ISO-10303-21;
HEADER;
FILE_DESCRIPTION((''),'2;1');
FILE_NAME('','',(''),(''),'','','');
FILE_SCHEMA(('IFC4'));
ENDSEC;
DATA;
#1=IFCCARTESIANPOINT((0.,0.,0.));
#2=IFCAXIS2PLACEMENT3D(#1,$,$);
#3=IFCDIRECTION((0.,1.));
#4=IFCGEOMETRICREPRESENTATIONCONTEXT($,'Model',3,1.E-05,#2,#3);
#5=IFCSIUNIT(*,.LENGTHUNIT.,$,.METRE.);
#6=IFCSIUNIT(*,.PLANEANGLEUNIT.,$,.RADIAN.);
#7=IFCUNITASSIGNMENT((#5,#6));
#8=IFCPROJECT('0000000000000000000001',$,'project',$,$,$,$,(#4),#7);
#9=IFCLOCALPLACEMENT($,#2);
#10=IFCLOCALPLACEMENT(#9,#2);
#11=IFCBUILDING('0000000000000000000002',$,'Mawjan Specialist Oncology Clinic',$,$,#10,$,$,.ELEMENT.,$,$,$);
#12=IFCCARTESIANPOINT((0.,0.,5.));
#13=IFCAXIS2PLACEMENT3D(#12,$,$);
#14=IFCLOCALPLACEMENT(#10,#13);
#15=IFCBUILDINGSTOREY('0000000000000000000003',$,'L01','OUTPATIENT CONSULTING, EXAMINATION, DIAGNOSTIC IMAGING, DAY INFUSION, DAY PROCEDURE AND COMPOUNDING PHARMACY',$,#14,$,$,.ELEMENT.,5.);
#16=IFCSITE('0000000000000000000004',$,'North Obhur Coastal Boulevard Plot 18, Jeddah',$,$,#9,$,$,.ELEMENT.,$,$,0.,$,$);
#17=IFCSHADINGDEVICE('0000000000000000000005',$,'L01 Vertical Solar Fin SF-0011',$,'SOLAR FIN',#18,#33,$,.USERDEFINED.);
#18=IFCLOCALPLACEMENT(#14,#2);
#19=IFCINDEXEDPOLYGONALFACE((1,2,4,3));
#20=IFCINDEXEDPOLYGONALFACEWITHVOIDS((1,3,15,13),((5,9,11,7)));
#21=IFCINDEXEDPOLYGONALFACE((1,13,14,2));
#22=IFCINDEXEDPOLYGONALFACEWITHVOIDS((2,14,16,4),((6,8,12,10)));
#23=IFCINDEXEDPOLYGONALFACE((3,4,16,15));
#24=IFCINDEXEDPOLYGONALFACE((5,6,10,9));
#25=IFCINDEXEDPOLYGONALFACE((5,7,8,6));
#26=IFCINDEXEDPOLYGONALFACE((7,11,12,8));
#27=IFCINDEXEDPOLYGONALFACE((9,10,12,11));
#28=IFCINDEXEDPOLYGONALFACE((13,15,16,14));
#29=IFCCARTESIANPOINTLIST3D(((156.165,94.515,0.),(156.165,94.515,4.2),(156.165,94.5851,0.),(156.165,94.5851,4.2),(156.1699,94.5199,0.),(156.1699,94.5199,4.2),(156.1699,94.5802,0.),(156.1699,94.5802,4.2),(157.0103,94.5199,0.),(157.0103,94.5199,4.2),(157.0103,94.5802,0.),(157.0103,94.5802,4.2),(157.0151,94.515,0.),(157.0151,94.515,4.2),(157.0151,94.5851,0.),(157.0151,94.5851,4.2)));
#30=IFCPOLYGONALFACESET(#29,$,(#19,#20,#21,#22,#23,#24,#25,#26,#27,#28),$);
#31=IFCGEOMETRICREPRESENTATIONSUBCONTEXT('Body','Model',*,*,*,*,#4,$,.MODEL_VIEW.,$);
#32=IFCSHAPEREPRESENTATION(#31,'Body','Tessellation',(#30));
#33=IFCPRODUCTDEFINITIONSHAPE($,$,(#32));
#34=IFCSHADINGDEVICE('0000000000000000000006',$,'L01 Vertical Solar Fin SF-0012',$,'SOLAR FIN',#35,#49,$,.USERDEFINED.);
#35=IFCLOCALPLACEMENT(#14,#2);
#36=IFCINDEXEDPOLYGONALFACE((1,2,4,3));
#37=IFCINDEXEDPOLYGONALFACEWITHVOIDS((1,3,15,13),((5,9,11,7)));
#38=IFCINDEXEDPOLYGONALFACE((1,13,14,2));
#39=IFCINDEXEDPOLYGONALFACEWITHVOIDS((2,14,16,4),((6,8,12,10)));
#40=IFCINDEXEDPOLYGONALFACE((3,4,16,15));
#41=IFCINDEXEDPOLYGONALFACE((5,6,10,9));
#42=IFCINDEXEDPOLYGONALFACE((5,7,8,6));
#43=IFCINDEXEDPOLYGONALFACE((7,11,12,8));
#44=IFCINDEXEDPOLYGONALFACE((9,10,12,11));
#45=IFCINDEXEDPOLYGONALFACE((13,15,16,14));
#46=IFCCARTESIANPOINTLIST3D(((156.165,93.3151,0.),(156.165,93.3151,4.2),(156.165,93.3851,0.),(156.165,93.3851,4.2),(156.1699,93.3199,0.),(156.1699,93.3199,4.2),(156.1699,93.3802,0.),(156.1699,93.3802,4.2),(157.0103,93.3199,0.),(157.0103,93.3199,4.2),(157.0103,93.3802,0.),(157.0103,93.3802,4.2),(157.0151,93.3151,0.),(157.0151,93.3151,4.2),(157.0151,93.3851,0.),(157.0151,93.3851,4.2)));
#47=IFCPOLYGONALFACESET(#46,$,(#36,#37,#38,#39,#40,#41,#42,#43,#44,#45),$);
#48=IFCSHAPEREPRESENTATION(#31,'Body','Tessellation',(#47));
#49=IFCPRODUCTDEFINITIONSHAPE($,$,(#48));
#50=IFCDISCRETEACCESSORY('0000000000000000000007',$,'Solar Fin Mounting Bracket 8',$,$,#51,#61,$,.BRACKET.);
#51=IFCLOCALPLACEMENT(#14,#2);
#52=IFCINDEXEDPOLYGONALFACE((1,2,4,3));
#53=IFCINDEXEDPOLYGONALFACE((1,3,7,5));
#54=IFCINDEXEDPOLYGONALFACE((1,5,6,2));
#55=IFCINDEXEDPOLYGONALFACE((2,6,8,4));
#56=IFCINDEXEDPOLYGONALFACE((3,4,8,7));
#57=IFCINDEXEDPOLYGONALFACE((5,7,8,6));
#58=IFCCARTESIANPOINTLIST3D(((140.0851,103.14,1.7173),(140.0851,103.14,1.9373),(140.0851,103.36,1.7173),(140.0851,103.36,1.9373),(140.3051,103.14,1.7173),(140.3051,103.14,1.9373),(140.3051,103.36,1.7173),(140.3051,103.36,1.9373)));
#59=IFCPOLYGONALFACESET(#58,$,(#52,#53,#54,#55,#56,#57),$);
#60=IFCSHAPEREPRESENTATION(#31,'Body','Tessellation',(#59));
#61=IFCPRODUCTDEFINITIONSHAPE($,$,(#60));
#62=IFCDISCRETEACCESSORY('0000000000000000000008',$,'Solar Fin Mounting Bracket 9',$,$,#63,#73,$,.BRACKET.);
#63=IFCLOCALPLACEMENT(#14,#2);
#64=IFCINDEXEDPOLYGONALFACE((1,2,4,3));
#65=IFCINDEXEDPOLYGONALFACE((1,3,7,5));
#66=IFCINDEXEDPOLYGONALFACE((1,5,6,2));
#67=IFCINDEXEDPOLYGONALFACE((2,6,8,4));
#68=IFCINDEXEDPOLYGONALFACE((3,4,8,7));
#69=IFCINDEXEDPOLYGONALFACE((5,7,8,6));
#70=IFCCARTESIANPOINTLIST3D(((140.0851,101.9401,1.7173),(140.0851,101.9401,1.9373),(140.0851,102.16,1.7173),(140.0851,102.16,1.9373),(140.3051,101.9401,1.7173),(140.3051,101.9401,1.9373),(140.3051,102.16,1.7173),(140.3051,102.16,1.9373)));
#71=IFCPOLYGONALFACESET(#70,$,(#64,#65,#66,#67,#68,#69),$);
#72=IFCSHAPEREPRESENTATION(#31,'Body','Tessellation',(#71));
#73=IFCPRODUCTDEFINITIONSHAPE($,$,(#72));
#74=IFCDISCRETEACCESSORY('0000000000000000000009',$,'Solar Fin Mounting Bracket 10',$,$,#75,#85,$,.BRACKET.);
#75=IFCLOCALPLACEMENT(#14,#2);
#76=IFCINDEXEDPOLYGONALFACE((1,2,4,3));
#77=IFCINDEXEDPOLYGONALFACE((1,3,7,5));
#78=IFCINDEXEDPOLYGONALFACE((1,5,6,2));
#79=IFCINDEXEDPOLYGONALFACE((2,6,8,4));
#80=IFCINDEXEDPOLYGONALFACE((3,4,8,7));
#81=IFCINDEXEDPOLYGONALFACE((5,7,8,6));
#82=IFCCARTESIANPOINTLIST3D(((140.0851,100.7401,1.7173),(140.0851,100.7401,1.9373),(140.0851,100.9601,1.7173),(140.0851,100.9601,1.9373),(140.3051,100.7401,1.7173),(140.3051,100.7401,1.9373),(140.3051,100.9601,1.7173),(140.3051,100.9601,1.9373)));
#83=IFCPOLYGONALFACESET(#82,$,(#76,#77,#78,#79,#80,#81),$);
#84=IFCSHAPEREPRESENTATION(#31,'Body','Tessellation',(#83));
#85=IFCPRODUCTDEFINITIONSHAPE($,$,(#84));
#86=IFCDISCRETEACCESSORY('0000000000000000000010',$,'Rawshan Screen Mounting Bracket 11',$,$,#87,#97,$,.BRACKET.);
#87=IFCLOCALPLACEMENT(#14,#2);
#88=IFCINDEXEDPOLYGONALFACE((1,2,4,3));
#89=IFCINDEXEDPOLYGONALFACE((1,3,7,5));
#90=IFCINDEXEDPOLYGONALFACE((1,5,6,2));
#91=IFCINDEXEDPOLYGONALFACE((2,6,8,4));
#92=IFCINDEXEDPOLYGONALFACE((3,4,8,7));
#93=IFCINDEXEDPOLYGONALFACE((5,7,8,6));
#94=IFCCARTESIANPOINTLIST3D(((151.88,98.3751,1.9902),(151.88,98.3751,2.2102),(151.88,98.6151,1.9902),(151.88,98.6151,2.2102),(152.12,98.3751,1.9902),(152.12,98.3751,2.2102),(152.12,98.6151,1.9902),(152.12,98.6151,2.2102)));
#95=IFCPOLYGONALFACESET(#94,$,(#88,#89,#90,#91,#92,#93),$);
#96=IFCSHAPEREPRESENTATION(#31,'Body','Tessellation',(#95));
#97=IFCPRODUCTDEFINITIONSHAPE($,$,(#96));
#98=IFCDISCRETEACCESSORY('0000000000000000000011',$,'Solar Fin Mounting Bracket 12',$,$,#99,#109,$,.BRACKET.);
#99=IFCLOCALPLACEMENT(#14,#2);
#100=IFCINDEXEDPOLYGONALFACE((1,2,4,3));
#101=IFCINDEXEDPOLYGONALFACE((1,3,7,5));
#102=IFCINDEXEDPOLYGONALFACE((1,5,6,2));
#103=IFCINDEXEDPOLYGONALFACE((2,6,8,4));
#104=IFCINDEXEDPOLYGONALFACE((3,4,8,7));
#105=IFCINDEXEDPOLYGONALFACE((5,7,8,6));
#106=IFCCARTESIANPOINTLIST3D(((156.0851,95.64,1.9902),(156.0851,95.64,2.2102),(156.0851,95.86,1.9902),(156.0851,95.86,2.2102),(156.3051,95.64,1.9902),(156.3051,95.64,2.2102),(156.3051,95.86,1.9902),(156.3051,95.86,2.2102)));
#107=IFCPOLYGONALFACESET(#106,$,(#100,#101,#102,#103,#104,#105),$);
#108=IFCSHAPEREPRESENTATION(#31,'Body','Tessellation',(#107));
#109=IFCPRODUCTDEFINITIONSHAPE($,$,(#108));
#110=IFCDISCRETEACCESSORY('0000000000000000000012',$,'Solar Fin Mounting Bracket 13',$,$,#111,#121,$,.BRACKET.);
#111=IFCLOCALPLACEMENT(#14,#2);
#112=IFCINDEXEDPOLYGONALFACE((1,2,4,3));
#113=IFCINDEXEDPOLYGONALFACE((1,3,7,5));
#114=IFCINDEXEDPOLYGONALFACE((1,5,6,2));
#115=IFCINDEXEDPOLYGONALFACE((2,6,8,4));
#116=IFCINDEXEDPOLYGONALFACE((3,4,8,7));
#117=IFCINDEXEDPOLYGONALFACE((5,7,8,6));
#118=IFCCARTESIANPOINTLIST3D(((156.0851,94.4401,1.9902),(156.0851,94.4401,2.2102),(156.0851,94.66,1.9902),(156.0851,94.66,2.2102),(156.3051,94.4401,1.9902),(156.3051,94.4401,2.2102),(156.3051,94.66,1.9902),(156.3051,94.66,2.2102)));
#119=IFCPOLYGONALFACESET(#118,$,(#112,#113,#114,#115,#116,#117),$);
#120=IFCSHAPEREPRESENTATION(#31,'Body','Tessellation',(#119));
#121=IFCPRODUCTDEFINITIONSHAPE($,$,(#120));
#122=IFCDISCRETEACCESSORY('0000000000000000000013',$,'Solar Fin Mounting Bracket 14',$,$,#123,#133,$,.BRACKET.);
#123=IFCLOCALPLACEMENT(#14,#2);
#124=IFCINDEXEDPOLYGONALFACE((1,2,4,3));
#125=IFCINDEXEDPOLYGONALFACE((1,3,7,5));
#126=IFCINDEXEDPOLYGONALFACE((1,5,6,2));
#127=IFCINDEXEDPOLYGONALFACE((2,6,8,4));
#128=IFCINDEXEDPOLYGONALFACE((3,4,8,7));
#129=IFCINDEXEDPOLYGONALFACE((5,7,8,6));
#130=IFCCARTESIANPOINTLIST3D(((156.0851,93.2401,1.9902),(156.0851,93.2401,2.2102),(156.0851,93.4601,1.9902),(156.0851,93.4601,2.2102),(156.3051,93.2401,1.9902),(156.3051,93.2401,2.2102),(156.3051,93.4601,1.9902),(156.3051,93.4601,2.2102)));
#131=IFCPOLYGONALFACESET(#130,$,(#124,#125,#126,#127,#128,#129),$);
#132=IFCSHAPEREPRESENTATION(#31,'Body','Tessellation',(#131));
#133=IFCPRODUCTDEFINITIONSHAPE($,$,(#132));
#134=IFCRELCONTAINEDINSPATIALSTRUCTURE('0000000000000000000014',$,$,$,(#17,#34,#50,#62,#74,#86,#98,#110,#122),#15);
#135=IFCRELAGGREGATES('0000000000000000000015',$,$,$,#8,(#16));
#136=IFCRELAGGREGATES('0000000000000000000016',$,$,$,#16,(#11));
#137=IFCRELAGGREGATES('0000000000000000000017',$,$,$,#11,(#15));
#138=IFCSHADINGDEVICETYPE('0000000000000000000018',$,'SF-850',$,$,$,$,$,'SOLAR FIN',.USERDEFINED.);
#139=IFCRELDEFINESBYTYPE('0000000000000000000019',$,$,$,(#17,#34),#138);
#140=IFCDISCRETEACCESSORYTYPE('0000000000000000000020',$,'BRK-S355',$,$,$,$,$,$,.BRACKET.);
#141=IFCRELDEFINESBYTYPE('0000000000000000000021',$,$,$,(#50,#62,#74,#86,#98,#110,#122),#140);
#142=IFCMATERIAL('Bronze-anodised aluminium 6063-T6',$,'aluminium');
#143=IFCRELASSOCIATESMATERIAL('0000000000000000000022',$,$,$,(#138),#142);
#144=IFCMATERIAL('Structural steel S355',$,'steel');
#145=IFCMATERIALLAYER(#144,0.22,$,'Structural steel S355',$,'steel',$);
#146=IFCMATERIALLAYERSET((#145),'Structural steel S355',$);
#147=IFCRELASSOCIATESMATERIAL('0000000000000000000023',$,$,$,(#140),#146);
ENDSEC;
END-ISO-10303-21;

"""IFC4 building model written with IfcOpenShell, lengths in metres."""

from ifc_helpers import new_model, si_unit, direction, frame, origin, origin_2d, place, context, subcontext, project, spatial, rectangle, hollow_rectangle, extrude, material, layer, layer_set, material_profile, profile_set, type_object, element, save


model = new_model("IFC4")

# Units and contexts
model_context = context("Model", 3, precision=1e-05, world=origin(), true_north=direction((0.0, 1.0)))
body_context = subcontext(model_context, "Body", "Model", "MODEL_VIEW")
ifc_project = project(units=[si_unit("LENGTHUNIT", "METRE"), si_unit("PLANEANGLEUNIT", "RADIAN")], contexts=[model_context])

# Site, building, storey
site_placement = place(None, origin())
site = spatial("IfcSite", under=ifc_project, at=site_placement, Name="North Obhur Coastal Boulevard Plot 18, Jeddah", CompositionType="ELEMENT", RefElevation=0.0)
building_placement = place(site_placement, origin())
building = spatial("IfcBuilding", under=site, at=building_placement, Name="Mawjan Specialist Oncology Clinic", CompositionType="ELEMENT")
storey_placement = place(building_placement, frame((0.0, 0.0, 5.0)))
storey = spatial("IfcBuildingStorey", under=building, at=storey_placement, Name="L01", Description="OUTPATIENT CONSULTING, EXAMINATION, DIAGNOSTIC IMAGING, DAY INFUSION, DAY PROCEDURE AND COMPOUNDING PHARMACY", CompositionType="ELEMENT", Elevation=5.0)

# Shading devices
ifc_material_1 = material(Name="Bronze-anodised aluminium 6063-T6", Category="aluminium")
ifc_material_profile_1 = material_profile(ifc_material_1, hollow_rectangle(XDim=0.0701, YDim=0.8501, WallThickness=0.0049, at=origin_2d()), Name="FIN 850x70x5", Category="aluminium")
ifc_profile_set_1 = profile_set([ifc_material_profile_1], Name="Bronze-anodised aluminium 6063-T6")
shading_device_type = type_object("IfcShadingDeviceType", Name="SF-850", ElementType="SOLAR FIN", PredefinedType="USERDEFINED", material=ifc_profile_set_1)
for number, where, z_axis, x_axis, name in (
    (1, (156.5901, 94.55, 0.0), (0.0, 0.0, 1.0), (0.0, -1.0, 0.0), "L01 Vertical Solar Fin SF-0011"),
    (2, (156.5901, 93.3501, 0.0), (0.0, 0.0, 1.0), (0.0, -1.0, 0.0), "L01 Vertical Solar Fin SF-0012"),
):
    element("IfcShadingDevice", number, at=place(storey_placement, frame(where, z_axis=z_axis, x_axis=x_axis)), inside=storey, type_object=shading_device_type, Name=name, ObjectType="SOLAR FIN", PredefinedType="USERDEFINED", context=body_context, shape_type="SweptSolid", body=[
        extrude(hollow_rectangle(XDim=0.0701, YDim=0.8501, WallThickness=0.0049, at=origin_2d()), origin(), (0.0, 0.0, 1.0), 4.2),
    ])

# Discrete accessories
ifc_material_2 = material(Name="Structural steel S355", Category="steel")
ifc_layer_1 = layer(ifc_material_2, 0.22, Name="Structural steel S355", Category="steel")
ifc_layer_set_1 = layer_set([ifc_layer_1], Name="Structural steel S355")
discrete_accessory_type = type_object("IfcDiscreteAccessoryType", Name="BRK-S355", PredefinedType="BRACKET", material=ifc_layer_set_1)
for number, where, z_axis, x_axis, name in (
    (3, (140.1951, 103.25, 1.7173), (0.0, 0.0, 1.0), (0.0, -1.0, 0.0), "Solar Fin Mounting Bracket 8"),
    (4, (140.1951, 102.05, 1.7173), (0.0, 0.0, 1.0), (0.0, -1.0, 0.0), "Solar Fin Mounting Bracket 9"),
    (5, (140.1951, 100.8501, 1.7173), (0.0, 0.0, 1.0), (0.0, -1.0, 0.0), "Solar Fin Mounting Bracket 10"),
):
    element("IfcDiscreteAccessory", number, at=place(storey_placement, frame(where, z_axis=z_axis, x_axis=x_axis)), inside=storey, type_object=discrete_accessory_type, Name=name, PredefinedType="BRACKET", context=body_context, shape_type="SweptSolid", body=[
        extrude(rectangle(XDim=0.22, YDim=0.22, at=origin_2d()), origin(), (0.0, 0.0, 1.0), 0.22),
    ])
discrete_accessory_placement = place(storey_placement, frame((152.0, 98.4951, 1.9902), z_axis=(0.0, 0.0, 1.0), x_axis=(1.0, 0.0, 0.0)))
element("IfcDiscreteAccessory", 6, at=discrete_accessory_placement, inside=storey, type_object=discrete_accessory_type, Name="Rawshan Screen Mounting Bracket 11", PredefinedType="BRACKET", context=body_context, shape_type="SweptSolid", body=[
    extrude(rectangle(XDim=0.24, YDim=0.24, at=origin_2d()), origin(), (0.0, 0.0, 1.0), 0.22),
])
for number, where, z_axis, x_axis, name in (
    (7, (156.1951, 95.75, 1.9902), (0.0, 0.0, 1.0), (0.0, -1.0, 0.0), "Solar Fin Mounting Bracket 12"),
    (8, (156.1951, 94.55, 1.9902), (0.0, 0.0, 1.0), (0.0, -1.0, 0.0), "Solar Fin Mounting Bracket 13"),
    (9, (156.1951, 93.3501, 1.9902), (0.0, 0.0, 1.0), (0.0, -1.0, 0.0), "Solar Fin Mounting Bracket 14"),
):
    element("IfcDiscreteAccessory", number, at=place(storey_placement, frame(where, z_axis=z_axis, x_axis=x_axis)), inside=storey, type_object=discrete_accessory_type, Name=name, PredefinedType="BRACKET", context=body_context, shape_type="SweptSolid", body=[
        extrude(rectangle(XDim=0.22, YDim=0.22, at=origin_2d()), origin(), (0.0, 0.0, 1.0), 0.22),
    ])

save(model, "model.ifc")
